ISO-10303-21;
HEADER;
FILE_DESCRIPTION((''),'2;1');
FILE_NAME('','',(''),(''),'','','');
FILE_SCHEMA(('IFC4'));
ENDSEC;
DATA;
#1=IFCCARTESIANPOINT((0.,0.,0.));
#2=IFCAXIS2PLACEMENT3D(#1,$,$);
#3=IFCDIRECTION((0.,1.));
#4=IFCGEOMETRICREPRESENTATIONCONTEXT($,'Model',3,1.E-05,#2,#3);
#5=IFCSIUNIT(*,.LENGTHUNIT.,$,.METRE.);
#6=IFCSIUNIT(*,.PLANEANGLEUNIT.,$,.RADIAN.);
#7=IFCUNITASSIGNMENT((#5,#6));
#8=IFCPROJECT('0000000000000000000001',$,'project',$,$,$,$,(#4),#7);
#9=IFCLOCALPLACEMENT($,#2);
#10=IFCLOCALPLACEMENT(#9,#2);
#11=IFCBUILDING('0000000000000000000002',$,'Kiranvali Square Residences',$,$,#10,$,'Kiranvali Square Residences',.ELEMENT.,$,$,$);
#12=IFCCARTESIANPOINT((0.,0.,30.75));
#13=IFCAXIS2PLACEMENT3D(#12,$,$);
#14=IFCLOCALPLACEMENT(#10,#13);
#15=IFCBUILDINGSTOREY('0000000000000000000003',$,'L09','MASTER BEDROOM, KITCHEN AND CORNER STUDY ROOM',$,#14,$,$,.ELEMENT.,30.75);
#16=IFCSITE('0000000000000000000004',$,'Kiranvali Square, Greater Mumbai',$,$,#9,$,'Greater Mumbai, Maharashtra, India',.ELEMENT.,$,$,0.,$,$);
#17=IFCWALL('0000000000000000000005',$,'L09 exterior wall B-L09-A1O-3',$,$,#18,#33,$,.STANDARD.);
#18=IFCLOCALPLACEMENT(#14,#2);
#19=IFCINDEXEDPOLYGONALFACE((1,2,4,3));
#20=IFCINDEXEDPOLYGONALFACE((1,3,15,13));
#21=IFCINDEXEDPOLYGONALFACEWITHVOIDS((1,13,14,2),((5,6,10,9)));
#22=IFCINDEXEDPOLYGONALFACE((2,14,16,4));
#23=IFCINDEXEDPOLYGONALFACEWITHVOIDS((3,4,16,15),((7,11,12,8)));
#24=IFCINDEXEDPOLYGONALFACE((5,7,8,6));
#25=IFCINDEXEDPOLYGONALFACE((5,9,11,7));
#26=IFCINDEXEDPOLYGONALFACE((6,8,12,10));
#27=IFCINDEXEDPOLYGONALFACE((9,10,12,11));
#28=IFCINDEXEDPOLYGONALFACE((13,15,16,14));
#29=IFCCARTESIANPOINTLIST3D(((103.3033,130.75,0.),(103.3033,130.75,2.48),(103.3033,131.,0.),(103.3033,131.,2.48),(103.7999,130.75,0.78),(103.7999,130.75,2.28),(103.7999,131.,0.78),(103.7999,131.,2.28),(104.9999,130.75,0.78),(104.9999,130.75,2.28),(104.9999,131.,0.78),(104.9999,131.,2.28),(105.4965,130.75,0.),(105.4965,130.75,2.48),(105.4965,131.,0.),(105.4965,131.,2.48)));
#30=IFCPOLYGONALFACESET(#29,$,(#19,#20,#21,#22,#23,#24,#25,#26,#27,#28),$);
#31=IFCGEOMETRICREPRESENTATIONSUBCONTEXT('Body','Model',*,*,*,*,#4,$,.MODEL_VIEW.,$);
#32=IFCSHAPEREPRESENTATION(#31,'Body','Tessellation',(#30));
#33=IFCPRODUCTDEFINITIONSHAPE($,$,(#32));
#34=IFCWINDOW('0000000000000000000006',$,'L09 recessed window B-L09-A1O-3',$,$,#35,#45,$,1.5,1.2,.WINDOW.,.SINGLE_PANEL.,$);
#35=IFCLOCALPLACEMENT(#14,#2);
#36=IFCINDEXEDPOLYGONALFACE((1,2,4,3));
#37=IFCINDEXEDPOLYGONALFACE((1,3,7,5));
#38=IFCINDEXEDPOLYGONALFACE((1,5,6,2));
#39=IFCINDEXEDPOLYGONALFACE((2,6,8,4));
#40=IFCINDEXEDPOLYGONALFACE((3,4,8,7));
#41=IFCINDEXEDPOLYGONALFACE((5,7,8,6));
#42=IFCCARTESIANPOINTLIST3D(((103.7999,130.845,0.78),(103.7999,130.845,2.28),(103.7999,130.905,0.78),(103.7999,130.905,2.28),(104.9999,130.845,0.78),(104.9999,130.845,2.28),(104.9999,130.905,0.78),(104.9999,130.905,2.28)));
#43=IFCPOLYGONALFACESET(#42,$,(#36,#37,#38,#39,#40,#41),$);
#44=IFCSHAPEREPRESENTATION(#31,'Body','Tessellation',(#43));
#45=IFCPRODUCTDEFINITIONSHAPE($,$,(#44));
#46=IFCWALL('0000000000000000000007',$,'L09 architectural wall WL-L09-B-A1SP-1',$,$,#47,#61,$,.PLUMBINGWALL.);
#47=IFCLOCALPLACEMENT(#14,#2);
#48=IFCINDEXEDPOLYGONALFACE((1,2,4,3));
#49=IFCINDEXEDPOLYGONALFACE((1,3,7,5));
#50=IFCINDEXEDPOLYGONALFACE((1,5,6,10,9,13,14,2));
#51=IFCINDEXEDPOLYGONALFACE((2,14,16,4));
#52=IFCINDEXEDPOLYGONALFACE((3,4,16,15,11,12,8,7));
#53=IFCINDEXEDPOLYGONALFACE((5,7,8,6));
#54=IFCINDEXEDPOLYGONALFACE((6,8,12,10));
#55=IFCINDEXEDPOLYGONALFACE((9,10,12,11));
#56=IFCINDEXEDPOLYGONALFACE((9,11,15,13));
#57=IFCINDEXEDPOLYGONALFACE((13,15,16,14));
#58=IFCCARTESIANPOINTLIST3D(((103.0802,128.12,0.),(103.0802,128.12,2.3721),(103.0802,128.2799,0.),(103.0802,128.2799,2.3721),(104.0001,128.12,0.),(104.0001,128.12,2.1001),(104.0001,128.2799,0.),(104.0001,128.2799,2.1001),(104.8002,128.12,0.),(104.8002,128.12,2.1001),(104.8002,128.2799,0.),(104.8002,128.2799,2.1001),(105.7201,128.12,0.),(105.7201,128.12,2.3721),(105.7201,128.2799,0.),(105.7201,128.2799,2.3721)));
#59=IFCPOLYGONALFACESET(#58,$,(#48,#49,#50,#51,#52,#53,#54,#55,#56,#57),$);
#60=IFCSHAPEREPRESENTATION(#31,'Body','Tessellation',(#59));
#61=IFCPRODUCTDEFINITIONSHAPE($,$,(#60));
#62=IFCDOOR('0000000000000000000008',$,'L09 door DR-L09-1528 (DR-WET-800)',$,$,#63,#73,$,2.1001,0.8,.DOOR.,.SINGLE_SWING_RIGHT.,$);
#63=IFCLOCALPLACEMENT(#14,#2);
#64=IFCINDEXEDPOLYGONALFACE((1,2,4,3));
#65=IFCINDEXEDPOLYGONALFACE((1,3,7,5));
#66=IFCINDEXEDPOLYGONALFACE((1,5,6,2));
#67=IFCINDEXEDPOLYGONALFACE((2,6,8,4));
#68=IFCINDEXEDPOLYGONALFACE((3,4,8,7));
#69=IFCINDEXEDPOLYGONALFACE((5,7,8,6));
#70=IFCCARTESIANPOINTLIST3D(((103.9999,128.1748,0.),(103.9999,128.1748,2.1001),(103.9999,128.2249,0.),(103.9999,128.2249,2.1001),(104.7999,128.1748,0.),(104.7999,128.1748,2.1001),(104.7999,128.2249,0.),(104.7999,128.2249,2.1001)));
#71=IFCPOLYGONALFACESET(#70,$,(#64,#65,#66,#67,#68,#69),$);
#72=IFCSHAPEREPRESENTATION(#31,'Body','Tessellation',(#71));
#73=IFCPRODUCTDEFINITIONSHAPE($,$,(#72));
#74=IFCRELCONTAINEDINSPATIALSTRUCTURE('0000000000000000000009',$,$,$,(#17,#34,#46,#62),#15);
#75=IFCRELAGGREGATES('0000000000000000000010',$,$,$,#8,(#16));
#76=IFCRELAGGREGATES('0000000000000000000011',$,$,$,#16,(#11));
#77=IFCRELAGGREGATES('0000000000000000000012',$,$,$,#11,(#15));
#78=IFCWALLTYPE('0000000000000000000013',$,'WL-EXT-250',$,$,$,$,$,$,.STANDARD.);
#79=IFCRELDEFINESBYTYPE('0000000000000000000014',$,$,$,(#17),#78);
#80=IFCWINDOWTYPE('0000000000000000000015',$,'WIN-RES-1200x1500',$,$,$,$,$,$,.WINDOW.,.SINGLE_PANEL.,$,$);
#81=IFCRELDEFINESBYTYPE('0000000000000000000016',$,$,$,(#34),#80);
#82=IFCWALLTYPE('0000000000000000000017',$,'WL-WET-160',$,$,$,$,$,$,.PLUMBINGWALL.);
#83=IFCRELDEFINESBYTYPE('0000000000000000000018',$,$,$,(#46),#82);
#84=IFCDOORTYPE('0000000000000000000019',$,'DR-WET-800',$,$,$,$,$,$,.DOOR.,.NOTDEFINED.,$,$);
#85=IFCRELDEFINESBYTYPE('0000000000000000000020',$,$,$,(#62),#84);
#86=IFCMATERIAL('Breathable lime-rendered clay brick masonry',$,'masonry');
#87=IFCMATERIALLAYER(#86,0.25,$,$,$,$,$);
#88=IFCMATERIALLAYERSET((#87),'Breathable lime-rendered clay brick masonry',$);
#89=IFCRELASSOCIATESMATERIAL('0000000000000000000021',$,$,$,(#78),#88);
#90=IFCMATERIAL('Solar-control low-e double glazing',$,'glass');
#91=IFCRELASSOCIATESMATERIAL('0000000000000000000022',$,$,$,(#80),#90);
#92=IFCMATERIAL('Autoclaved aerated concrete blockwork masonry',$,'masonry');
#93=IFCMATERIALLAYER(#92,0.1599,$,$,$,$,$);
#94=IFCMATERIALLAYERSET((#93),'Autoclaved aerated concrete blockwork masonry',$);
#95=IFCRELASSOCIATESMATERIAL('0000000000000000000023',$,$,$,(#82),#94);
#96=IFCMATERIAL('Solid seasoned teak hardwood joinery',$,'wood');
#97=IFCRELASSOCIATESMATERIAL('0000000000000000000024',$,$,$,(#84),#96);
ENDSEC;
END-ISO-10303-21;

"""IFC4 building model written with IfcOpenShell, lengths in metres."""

from ifc_helpers import new_model, si_unit, direction, frame, frame_2d, origin, place, context, subcontext, project, spatial, rectangle, extrude, material, layer, layer_set, type_object, element, fill, save


model = new_model("IFC4")

# Units and contexts
model_context = context("Model", 3, precision=1e-05, world=origin(), true_north=direction((0.0, 1.0)))
body_context = subcontext(model_context, "Body", "Model", "MODEL_VIEW")
ifc_project = project(units=[si_unit("LENGTHUNIT", "METRE"), si_unit("PLANEANGLEUNIT", "RADIAN")], contexts=[model_context])

# Site, building, storey
site_placement = place(None, origin())
site = spatial("IfcSite", under=ifc_project, at=site_placement, Name="Kiranvali Square, Greater Mumbai", LongName="Greater Mumbai, Maharashtra, India", CompositionType="ELEMENT", RefElevation=0.0)
building_placement = place(site_placement, origin())
building = spatial("IfcBuilding", under=site, at=building_placement, Name="Kiranvali Square Residences", LongName="Kiranvali Square Residences", CompositionType="ELEMENT")
storey_placement = place(building_placement, frame((0.0, 0.0, 30.75)))
storey = spatial("IfcBuildingStorey", under=building, at=storey_placement, Name="L09", Description="MASTER BEDROOM, KITCHEN AND CORNER STUDY ROOM", CompositionType="ELEMENT", Elevation=30.75)

# Wall, opening, window
ifc_material_1 = material(Name="Breathable lime-rendered clay brick masonry", Category="masonry")
ifc_layer_1 = layer(ifc_material_1, 0.25)
ifc_layer_set_1 = layer_set([ifc_layer_1], Name="Breathable lime-rendered clay brick masonry")
wall_type_1 = type_object("IfcWallType", Name="WL-EXT-250", PredefinedType="STANDARD", material=ifc_layer_set_1)
wall_1_placement = place(storey_placement, frame((105.4966, 130.875, 0.0), z_axis=(0.0, 0.0, 1.0), x_axis=(-1.0, 0.0, 0.0)))
wall_1 = element("IfcWall", 1, at=wall_1_placement, inside=storey, type_object=wall_type_1, Name="L09 exterior wall B-L09-A1O-3", PredefinedType="STANDARD", context=body_context, shape_type="SweptSolid", body=[
    extrude(rectangle(XDim=2.1931, YDim=0.25, at=frame_2d((1.0967, 0.0))), origin(), (0.0, 0.0, 1.0), 2.48),
])
opening_1_placement = place(wall_1_placement, frame((0.4966, 0.0, 0.78)))
opening_1 = element("IfcOpeningElement", 2, at=opening_1_placement, cuts=wall_1, PredefinedType="OPENING", context=body_context, shape_type="SweptSolid", body=[
    extrude(rectangle(XDim=1.2, YDim=1.5, at=frame_2d((0.6001, 0.75))), frame((0.0, 0.135, 0.0), z_axis=(0.0, -1.0, 0.0), x_axis=(1.0, 0.0, 0.0)), (0.0, 0.0, 1.0), 0.27),
])
ifc_material_2 = material(Name="Solar-control low-e double glazing", Category="glass")
window_type = type_object("IfcWindowType", Name="WIN-RES-1200x1500", PartitioningType="SINGLE_PANEL", PredefinedType="WINDOW", material=ifc_material_2)
window_placement = place(opening_1_placement, origin())
window = element("IfcWindow", 3, at=window_placement, inside=storey, type_object=window_type, Name="L09 recessed window B-L09-A1O-3", OverallHeight=1.5, OverallWidth=1.2, PartitioningType="SINGLE_PANEL", PredefinedType="WINDOW", context=body_context, shape_type="SweptSolid", body=[
    extrude(rectangle(XDim=1.2, YDim=1.5, at=frame_2d((0.6001, 0.75))), frame((0.0, 0.03, 0.0), z_axis=(0.0, -1.0, 0.0), x_axis=(1.0, 0.0, 0.0)), (0.0, 0.0, 1.0), 0.0601),
])
fill(opening_1, window)

# Wall, opening, door
ifc_material_3 = material(Name="Autoclaved aerated concrete blockwork masonry", Category="masonry")
ifc_layer_2 = layer(ifc_material_3, 0.1599)
ifc_layer_set_2 = layer_set([ifc_layer_2], Name="Autoclaved aerated concrete blockwork masonry")
wall_type_2 = type_object("IfcWallType", Name="WL-WET-160", PredefinedType="PLUMBINGWALL", material=ifc_layer_set_2)
wall_2_placement = place(storey_placement, frame((105.72, 128.2, 0.0), z_axis=(0.0, 0.0, 1.0), x_axis=(-1.0, 0.0, 0.0)))
wall_2 = element("IfcWall", 4, at=wall_2_placement, inside=storey, type_object=wall_type_2, Name="L09 architectural wall WL-L09-B-A1SP-1", PredefinedType="PLUMBINGWALL", context=body_context, shape_type="SweptSolid", body=[
    extrude(rectangle(XDim=2.6399, YDim=0.1599, at=frame_2d((1.3198, 0.0))), origin(), (0.0, 0.0, 1.0), 2.3721),
])
opening_2_placement = place(wall_2_placement, frame((0.9199, 0.0, 0.0)))
opening_2 = element("IfcOpeningElement", 5, at=opening_2_placement, cuts=wall_2, PredefinedType="OPENING", context=body_context, shape_type="SweptSolid", body=[
    extrude(rectangle(XDim=0.8, YDim=2.1001, at=frame_2d((0.3999, 1.05))), frame((0.0, 0.0898, 0.0), z_axis=(0.0, -1.0, 0.0), x_axis=(1.0, 0.0, 0.0)), (0.0, 0.0, 1.0), 0.1799),
])
ifc_material_4 = material(Name="Solid seasoned teak hardwood joinery", Category="wood")
door_type = type_object("IfcDoorType", Name="DR-WET-800", OperationType="NOTDEFINED", PredefinedType="DOOR", material=ifc_material_4)
door_placement = place(opening_2_placement, frame((0.8, 0.0, 0.0), z_axis=(0.0, 0.0, 1.0), x_axis=(-1.0, 0.0, 0.0)))
door = element("IfcDoor", 6, at=door_placement, inside=storey, type_object=door_type, Name="L09 door DR-L09-1528 (DR-WET-800)", OperationType="SINGLE_SWING_RIGHT", OverallHeight=2.1001, OverallWidth=0.8, PredefinedType="DOOR", context=body_context, shape_type="SweptSolid", body=[
    extrude(rectangle(XDim=0.8, YDim=2.1001, at=frame_2d((0.3999, 1.05))), frame((0.0, 0.0249, 0.0), z_axis=(0.0, -1.0, 0.0), x_axis=(1.0, 0.0, 0.0)), (0.0, 0.0, 1.0), 0.05),
])
fill(opening_2, door)

save(model, "model.ifc")
